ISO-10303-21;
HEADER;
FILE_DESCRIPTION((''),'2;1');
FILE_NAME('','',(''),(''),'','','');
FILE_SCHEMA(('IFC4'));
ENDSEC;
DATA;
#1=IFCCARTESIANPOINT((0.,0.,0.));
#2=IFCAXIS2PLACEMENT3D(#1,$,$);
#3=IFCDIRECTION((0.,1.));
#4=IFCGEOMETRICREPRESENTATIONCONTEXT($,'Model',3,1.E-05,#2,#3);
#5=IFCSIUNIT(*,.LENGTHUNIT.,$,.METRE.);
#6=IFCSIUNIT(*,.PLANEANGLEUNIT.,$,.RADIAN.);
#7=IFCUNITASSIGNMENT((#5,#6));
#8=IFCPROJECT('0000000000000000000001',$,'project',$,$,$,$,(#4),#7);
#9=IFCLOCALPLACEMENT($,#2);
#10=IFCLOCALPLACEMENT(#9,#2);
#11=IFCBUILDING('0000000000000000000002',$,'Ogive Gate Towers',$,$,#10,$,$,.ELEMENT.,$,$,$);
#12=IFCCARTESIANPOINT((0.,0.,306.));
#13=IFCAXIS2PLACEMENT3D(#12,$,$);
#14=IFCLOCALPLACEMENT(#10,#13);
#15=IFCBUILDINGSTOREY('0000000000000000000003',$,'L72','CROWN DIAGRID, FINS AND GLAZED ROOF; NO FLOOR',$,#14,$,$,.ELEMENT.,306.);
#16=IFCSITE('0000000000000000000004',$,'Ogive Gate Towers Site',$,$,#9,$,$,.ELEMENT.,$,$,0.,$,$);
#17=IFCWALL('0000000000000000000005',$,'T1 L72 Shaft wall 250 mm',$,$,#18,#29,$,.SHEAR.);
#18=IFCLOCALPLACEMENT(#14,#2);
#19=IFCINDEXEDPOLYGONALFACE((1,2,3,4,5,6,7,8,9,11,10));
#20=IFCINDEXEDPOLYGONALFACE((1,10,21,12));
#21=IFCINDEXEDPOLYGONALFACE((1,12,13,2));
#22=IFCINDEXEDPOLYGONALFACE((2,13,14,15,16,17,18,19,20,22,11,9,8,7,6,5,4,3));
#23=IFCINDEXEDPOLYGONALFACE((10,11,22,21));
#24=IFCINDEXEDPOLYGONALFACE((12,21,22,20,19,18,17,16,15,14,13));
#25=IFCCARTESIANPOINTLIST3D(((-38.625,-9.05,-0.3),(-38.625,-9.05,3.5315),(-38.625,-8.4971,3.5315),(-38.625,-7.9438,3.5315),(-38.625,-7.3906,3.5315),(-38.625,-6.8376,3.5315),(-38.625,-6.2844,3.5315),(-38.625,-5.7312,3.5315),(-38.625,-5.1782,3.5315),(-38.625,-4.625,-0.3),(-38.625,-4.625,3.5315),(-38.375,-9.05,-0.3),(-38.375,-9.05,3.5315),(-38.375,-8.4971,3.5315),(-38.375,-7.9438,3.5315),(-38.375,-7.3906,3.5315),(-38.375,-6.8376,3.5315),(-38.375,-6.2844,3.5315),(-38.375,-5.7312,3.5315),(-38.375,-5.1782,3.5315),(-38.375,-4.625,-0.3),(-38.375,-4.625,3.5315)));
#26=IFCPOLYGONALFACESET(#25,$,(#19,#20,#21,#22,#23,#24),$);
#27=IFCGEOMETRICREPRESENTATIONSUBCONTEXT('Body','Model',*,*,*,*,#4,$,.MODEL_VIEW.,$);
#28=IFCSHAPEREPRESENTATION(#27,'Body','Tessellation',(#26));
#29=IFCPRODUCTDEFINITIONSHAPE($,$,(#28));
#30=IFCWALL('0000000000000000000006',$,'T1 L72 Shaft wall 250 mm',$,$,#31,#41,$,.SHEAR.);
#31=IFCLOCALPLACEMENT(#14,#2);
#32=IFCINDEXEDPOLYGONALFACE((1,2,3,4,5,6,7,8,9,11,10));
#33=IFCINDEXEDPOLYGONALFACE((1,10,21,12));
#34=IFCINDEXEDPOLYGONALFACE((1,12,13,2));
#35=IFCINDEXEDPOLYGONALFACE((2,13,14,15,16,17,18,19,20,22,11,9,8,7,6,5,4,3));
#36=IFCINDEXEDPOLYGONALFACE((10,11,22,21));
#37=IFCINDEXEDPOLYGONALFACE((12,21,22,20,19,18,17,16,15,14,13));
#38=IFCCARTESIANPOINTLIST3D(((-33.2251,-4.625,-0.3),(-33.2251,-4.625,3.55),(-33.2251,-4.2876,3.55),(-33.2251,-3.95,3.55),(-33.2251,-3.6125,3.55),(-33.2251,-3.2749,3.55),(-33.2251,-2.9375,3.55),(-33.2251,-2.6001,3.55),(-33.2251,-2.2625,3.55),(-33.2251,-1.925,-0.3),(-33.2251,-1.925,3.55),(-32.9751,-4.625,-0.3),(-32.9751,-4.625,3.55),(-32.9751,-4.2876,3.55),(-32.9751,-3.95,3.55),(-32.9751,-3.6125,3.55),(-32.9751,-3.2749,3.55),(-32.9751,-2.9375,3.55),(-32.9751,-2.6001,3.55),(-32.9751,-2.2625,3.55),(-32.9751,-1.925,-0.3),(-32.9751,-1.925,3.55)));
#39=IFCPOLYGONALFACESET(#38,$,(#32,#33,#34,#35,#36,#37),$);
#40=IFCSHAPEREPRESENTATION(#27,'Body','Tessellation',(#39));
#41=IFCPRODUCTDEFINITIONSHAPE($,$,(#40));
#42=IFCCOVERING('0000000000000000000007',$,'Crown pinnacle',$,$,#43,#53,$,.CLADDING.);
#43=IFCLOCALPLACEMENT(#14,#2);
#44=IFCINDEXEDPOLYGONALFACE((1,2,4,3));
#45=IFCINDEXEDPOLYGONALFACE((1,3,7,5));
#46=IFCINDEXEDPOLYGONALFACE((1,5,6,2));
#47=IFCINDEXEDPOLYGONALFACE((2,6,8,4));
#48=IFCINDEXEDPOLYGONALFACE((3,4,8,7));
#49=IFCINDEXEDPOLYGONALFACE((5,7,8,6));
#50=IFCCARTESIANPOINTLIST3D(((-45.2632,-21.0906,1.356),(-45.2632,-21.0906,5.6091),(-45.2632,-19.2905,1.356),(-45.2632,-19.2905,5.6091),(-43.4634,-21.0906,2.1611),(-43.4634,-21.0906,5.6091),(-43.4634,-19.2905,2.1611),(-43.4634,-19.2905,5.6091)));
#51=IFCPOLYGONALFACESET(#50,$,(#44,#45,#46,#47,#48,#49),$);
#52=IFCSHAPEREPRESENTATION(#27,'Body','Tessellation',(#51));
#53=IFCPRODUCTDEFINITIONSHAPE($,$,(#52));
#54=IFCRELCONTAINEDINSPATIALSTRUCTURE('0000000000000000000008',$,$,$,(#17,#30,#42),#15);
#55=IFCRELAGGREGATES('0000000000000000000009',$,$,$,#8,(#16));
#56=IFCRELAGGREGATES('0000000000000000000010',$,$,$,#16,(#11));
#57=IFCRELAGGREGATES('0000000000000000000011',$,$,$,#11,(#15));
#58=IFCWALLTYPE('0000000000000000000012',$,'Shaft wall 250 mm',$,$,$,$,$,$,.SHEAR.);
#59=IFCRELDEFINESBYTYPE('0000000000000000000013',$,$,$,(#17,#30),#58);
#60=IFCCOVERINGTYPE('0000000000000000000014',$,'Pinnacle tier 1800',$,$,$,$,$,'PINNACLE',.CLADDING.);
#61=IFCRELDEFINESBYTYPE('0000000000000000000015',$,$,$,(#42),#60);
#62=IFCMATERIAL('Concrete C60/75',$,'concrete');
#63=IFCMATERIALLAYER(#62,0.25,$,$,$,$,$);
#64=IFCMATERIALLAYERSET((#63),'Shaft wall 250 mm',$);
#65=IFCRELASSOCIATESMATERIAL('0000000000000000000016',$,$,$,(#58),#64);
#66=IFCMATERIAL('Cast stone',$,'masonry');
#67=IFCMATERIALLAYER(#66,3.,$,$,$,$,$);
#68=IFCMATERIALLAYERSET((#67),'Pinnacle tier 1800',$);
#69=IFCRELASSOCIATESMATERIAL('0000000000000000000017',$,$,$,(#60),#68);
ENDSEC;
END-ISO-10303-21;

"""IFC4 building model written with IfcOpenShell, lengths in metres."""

from ifc_helpers import new_model, si_unit, direction, frame, origin, place, context, subcontext, project, spatial, polyline, outline, extrude, material, layer, layer_set, type_object, element, save


model = new_model("IFC4")

# Units and contexts
model_context = context("Model", 3, precision=1e-05, world=origin(), true_north=direction((0.0, 1.0)))
body_context = subcontext(model_context, "Body", "Model", "MODEL_VIEW")
ifc_project = project(units=[si_unit("LENGTHUNIT", "METRE"), si_unit("PLANEANGLEUNIT", "RADIAN")], contexts=[model_context])

# Site, building, storey
site_placement = place(None, origin())
site = spatial("IfcSite", under=ifc_project, at=site_placement, Name="Ogive Gate Towers Site", CompositionType="ELEMENT", RefElevation=0.0)
building_placement = place(site_placement, origin())
building = spatial("IfcBuilding", under=site, at=building_placement, Name="Ogive Gate Towers", CompositionType="ELEMENT")
storey_placement = place(building_placement, frame((0.0, 0.0, 306.0)))
storey = spatial("IfcBuildingStorey", under=building, at=storey_placement, Name="L72", Description="CROWN DIAGRID, FINS AND GLAZED ROOF; NO FLOOR", CompositionType="ELEMENT", Elevation=306.0)

# Walls
ifc_material_1 = material(Name="Concrete C60/75", Category="concrete")
ifc_layer_1 = layer(ifc_material_1, 0.25)
ifc_layer_set_1 = layer_set([ifc_layer_1], Name="Shaft wall 250 mm")
wall_type_1 = type_object("IfcWallType", Name="Shaft wall 250 mm", PredefinedType="SHEAR", material=ifc_layer_set_1)
wall_1_placement = place(storey_placement, frame((-38.5, -9.05, -0.3), z_axis=(0.0, 0.0, 1.0), x_axis=(0.0, 1.0, 0.0)))
element("IfcWall", 1, at=wall_1_placement, inside=storey, type_object=wall_type_1, Name="T1 L72 Shaft wall 250 mm", PredefinedType="SHEAR", context=body_context, shape_type="SweptSolid", body=[
    extrude(outline(polyline([(0.0, 0.0), (4.425, 0.0), (4.425, 3.8315), (3.8718, 3.8315), (3.3188, 3.8315), (2.7656, 3.8315), (2.2124, 3.8315), (1.6594, 3.8315), (1.1062, 3.8315), (0.553, 3.8315), (0.0, 3.8315), (0.0, 0.0)])), frame((0.0, 0.125, 0.0), z_axis=(0.0, -1.0, 0.0), x_axis=(1.0, 0.0, 0.0)), (0.0, 0.0, 1.0), 0.25),
])
wall_2_placement = place(storey_placement, frame((-33.1001, -4.625, -0.3), z_axis=(0.0, 0.0, 1.0), x_axis=(0.0, 1.0, 0.0)))
element("IfcWall", 2, at=wall_2_placement, inside=storey, type_object=wall_type_1, Name="T1 L72 Shaft wall 250 mm", PredefinedType="SHEAR", context=body_context, shape_type="SweptSolid", body=[
    extrude(outline(polyline([(0.0, 0.0), (2.7, 0.0), (2.7, 3.8501), (2.3625, 3.8501), (2.0249, 3.8501), (1.6875, 3.8501), (1.3501, 3.8501), (1.0125, 3.8501), (0.675, 3.8501), (0.3374, 3.8501), (0.0, 3.8501), (0.0, 0.0)])), frame((0.0, 0.125, 0.0), z_axis=(0.0, -1.0, 0.0), x_axis=(1.0, 0.0, 0.0)), (0.0, 0.0, 1.0), 0.25),
])

# Covering
ifc_material_2 = material(Name="Cast stone", Category="masonry")
ifc_layer_2 = layer(ifc_material_2, 3.0)
ifc_layer_set_2 = layer_set([ifc_layer_2], Name="Pinnacle tier 1800")
covering_type = type_object("IfcCoveringType", Name="Pinnacle tier 1800", ElementType="PINNACLE", PredefinedType="CLADDING", material=ifc_layer_set_2)
covering_placement = place(storey_placement, frame((-44.3633, -21.0906, 1.7585), z_axis=(0.0, 1.0, 0.0), x_axis=(-1.0, 0.0, 0.0)))
element("IfcCovering", 3, at=covering_placement, inside=storey, type_object=covering_type, Name="Crown pinnacle", PredefinedType="CLADDING", context=body_context, shape_type="SweptSolid", body=[
    extrude(outline(polyline([(0.8999, -0.4026), (-0.8999, 0.4026), (-0.8999, 3.8506), (0.8999, 3.8506), (0.8999, -0.4026)])), origin(), (0.0, 0.0, 1.0), 1.8),
])

save(model, "model.ifc")
